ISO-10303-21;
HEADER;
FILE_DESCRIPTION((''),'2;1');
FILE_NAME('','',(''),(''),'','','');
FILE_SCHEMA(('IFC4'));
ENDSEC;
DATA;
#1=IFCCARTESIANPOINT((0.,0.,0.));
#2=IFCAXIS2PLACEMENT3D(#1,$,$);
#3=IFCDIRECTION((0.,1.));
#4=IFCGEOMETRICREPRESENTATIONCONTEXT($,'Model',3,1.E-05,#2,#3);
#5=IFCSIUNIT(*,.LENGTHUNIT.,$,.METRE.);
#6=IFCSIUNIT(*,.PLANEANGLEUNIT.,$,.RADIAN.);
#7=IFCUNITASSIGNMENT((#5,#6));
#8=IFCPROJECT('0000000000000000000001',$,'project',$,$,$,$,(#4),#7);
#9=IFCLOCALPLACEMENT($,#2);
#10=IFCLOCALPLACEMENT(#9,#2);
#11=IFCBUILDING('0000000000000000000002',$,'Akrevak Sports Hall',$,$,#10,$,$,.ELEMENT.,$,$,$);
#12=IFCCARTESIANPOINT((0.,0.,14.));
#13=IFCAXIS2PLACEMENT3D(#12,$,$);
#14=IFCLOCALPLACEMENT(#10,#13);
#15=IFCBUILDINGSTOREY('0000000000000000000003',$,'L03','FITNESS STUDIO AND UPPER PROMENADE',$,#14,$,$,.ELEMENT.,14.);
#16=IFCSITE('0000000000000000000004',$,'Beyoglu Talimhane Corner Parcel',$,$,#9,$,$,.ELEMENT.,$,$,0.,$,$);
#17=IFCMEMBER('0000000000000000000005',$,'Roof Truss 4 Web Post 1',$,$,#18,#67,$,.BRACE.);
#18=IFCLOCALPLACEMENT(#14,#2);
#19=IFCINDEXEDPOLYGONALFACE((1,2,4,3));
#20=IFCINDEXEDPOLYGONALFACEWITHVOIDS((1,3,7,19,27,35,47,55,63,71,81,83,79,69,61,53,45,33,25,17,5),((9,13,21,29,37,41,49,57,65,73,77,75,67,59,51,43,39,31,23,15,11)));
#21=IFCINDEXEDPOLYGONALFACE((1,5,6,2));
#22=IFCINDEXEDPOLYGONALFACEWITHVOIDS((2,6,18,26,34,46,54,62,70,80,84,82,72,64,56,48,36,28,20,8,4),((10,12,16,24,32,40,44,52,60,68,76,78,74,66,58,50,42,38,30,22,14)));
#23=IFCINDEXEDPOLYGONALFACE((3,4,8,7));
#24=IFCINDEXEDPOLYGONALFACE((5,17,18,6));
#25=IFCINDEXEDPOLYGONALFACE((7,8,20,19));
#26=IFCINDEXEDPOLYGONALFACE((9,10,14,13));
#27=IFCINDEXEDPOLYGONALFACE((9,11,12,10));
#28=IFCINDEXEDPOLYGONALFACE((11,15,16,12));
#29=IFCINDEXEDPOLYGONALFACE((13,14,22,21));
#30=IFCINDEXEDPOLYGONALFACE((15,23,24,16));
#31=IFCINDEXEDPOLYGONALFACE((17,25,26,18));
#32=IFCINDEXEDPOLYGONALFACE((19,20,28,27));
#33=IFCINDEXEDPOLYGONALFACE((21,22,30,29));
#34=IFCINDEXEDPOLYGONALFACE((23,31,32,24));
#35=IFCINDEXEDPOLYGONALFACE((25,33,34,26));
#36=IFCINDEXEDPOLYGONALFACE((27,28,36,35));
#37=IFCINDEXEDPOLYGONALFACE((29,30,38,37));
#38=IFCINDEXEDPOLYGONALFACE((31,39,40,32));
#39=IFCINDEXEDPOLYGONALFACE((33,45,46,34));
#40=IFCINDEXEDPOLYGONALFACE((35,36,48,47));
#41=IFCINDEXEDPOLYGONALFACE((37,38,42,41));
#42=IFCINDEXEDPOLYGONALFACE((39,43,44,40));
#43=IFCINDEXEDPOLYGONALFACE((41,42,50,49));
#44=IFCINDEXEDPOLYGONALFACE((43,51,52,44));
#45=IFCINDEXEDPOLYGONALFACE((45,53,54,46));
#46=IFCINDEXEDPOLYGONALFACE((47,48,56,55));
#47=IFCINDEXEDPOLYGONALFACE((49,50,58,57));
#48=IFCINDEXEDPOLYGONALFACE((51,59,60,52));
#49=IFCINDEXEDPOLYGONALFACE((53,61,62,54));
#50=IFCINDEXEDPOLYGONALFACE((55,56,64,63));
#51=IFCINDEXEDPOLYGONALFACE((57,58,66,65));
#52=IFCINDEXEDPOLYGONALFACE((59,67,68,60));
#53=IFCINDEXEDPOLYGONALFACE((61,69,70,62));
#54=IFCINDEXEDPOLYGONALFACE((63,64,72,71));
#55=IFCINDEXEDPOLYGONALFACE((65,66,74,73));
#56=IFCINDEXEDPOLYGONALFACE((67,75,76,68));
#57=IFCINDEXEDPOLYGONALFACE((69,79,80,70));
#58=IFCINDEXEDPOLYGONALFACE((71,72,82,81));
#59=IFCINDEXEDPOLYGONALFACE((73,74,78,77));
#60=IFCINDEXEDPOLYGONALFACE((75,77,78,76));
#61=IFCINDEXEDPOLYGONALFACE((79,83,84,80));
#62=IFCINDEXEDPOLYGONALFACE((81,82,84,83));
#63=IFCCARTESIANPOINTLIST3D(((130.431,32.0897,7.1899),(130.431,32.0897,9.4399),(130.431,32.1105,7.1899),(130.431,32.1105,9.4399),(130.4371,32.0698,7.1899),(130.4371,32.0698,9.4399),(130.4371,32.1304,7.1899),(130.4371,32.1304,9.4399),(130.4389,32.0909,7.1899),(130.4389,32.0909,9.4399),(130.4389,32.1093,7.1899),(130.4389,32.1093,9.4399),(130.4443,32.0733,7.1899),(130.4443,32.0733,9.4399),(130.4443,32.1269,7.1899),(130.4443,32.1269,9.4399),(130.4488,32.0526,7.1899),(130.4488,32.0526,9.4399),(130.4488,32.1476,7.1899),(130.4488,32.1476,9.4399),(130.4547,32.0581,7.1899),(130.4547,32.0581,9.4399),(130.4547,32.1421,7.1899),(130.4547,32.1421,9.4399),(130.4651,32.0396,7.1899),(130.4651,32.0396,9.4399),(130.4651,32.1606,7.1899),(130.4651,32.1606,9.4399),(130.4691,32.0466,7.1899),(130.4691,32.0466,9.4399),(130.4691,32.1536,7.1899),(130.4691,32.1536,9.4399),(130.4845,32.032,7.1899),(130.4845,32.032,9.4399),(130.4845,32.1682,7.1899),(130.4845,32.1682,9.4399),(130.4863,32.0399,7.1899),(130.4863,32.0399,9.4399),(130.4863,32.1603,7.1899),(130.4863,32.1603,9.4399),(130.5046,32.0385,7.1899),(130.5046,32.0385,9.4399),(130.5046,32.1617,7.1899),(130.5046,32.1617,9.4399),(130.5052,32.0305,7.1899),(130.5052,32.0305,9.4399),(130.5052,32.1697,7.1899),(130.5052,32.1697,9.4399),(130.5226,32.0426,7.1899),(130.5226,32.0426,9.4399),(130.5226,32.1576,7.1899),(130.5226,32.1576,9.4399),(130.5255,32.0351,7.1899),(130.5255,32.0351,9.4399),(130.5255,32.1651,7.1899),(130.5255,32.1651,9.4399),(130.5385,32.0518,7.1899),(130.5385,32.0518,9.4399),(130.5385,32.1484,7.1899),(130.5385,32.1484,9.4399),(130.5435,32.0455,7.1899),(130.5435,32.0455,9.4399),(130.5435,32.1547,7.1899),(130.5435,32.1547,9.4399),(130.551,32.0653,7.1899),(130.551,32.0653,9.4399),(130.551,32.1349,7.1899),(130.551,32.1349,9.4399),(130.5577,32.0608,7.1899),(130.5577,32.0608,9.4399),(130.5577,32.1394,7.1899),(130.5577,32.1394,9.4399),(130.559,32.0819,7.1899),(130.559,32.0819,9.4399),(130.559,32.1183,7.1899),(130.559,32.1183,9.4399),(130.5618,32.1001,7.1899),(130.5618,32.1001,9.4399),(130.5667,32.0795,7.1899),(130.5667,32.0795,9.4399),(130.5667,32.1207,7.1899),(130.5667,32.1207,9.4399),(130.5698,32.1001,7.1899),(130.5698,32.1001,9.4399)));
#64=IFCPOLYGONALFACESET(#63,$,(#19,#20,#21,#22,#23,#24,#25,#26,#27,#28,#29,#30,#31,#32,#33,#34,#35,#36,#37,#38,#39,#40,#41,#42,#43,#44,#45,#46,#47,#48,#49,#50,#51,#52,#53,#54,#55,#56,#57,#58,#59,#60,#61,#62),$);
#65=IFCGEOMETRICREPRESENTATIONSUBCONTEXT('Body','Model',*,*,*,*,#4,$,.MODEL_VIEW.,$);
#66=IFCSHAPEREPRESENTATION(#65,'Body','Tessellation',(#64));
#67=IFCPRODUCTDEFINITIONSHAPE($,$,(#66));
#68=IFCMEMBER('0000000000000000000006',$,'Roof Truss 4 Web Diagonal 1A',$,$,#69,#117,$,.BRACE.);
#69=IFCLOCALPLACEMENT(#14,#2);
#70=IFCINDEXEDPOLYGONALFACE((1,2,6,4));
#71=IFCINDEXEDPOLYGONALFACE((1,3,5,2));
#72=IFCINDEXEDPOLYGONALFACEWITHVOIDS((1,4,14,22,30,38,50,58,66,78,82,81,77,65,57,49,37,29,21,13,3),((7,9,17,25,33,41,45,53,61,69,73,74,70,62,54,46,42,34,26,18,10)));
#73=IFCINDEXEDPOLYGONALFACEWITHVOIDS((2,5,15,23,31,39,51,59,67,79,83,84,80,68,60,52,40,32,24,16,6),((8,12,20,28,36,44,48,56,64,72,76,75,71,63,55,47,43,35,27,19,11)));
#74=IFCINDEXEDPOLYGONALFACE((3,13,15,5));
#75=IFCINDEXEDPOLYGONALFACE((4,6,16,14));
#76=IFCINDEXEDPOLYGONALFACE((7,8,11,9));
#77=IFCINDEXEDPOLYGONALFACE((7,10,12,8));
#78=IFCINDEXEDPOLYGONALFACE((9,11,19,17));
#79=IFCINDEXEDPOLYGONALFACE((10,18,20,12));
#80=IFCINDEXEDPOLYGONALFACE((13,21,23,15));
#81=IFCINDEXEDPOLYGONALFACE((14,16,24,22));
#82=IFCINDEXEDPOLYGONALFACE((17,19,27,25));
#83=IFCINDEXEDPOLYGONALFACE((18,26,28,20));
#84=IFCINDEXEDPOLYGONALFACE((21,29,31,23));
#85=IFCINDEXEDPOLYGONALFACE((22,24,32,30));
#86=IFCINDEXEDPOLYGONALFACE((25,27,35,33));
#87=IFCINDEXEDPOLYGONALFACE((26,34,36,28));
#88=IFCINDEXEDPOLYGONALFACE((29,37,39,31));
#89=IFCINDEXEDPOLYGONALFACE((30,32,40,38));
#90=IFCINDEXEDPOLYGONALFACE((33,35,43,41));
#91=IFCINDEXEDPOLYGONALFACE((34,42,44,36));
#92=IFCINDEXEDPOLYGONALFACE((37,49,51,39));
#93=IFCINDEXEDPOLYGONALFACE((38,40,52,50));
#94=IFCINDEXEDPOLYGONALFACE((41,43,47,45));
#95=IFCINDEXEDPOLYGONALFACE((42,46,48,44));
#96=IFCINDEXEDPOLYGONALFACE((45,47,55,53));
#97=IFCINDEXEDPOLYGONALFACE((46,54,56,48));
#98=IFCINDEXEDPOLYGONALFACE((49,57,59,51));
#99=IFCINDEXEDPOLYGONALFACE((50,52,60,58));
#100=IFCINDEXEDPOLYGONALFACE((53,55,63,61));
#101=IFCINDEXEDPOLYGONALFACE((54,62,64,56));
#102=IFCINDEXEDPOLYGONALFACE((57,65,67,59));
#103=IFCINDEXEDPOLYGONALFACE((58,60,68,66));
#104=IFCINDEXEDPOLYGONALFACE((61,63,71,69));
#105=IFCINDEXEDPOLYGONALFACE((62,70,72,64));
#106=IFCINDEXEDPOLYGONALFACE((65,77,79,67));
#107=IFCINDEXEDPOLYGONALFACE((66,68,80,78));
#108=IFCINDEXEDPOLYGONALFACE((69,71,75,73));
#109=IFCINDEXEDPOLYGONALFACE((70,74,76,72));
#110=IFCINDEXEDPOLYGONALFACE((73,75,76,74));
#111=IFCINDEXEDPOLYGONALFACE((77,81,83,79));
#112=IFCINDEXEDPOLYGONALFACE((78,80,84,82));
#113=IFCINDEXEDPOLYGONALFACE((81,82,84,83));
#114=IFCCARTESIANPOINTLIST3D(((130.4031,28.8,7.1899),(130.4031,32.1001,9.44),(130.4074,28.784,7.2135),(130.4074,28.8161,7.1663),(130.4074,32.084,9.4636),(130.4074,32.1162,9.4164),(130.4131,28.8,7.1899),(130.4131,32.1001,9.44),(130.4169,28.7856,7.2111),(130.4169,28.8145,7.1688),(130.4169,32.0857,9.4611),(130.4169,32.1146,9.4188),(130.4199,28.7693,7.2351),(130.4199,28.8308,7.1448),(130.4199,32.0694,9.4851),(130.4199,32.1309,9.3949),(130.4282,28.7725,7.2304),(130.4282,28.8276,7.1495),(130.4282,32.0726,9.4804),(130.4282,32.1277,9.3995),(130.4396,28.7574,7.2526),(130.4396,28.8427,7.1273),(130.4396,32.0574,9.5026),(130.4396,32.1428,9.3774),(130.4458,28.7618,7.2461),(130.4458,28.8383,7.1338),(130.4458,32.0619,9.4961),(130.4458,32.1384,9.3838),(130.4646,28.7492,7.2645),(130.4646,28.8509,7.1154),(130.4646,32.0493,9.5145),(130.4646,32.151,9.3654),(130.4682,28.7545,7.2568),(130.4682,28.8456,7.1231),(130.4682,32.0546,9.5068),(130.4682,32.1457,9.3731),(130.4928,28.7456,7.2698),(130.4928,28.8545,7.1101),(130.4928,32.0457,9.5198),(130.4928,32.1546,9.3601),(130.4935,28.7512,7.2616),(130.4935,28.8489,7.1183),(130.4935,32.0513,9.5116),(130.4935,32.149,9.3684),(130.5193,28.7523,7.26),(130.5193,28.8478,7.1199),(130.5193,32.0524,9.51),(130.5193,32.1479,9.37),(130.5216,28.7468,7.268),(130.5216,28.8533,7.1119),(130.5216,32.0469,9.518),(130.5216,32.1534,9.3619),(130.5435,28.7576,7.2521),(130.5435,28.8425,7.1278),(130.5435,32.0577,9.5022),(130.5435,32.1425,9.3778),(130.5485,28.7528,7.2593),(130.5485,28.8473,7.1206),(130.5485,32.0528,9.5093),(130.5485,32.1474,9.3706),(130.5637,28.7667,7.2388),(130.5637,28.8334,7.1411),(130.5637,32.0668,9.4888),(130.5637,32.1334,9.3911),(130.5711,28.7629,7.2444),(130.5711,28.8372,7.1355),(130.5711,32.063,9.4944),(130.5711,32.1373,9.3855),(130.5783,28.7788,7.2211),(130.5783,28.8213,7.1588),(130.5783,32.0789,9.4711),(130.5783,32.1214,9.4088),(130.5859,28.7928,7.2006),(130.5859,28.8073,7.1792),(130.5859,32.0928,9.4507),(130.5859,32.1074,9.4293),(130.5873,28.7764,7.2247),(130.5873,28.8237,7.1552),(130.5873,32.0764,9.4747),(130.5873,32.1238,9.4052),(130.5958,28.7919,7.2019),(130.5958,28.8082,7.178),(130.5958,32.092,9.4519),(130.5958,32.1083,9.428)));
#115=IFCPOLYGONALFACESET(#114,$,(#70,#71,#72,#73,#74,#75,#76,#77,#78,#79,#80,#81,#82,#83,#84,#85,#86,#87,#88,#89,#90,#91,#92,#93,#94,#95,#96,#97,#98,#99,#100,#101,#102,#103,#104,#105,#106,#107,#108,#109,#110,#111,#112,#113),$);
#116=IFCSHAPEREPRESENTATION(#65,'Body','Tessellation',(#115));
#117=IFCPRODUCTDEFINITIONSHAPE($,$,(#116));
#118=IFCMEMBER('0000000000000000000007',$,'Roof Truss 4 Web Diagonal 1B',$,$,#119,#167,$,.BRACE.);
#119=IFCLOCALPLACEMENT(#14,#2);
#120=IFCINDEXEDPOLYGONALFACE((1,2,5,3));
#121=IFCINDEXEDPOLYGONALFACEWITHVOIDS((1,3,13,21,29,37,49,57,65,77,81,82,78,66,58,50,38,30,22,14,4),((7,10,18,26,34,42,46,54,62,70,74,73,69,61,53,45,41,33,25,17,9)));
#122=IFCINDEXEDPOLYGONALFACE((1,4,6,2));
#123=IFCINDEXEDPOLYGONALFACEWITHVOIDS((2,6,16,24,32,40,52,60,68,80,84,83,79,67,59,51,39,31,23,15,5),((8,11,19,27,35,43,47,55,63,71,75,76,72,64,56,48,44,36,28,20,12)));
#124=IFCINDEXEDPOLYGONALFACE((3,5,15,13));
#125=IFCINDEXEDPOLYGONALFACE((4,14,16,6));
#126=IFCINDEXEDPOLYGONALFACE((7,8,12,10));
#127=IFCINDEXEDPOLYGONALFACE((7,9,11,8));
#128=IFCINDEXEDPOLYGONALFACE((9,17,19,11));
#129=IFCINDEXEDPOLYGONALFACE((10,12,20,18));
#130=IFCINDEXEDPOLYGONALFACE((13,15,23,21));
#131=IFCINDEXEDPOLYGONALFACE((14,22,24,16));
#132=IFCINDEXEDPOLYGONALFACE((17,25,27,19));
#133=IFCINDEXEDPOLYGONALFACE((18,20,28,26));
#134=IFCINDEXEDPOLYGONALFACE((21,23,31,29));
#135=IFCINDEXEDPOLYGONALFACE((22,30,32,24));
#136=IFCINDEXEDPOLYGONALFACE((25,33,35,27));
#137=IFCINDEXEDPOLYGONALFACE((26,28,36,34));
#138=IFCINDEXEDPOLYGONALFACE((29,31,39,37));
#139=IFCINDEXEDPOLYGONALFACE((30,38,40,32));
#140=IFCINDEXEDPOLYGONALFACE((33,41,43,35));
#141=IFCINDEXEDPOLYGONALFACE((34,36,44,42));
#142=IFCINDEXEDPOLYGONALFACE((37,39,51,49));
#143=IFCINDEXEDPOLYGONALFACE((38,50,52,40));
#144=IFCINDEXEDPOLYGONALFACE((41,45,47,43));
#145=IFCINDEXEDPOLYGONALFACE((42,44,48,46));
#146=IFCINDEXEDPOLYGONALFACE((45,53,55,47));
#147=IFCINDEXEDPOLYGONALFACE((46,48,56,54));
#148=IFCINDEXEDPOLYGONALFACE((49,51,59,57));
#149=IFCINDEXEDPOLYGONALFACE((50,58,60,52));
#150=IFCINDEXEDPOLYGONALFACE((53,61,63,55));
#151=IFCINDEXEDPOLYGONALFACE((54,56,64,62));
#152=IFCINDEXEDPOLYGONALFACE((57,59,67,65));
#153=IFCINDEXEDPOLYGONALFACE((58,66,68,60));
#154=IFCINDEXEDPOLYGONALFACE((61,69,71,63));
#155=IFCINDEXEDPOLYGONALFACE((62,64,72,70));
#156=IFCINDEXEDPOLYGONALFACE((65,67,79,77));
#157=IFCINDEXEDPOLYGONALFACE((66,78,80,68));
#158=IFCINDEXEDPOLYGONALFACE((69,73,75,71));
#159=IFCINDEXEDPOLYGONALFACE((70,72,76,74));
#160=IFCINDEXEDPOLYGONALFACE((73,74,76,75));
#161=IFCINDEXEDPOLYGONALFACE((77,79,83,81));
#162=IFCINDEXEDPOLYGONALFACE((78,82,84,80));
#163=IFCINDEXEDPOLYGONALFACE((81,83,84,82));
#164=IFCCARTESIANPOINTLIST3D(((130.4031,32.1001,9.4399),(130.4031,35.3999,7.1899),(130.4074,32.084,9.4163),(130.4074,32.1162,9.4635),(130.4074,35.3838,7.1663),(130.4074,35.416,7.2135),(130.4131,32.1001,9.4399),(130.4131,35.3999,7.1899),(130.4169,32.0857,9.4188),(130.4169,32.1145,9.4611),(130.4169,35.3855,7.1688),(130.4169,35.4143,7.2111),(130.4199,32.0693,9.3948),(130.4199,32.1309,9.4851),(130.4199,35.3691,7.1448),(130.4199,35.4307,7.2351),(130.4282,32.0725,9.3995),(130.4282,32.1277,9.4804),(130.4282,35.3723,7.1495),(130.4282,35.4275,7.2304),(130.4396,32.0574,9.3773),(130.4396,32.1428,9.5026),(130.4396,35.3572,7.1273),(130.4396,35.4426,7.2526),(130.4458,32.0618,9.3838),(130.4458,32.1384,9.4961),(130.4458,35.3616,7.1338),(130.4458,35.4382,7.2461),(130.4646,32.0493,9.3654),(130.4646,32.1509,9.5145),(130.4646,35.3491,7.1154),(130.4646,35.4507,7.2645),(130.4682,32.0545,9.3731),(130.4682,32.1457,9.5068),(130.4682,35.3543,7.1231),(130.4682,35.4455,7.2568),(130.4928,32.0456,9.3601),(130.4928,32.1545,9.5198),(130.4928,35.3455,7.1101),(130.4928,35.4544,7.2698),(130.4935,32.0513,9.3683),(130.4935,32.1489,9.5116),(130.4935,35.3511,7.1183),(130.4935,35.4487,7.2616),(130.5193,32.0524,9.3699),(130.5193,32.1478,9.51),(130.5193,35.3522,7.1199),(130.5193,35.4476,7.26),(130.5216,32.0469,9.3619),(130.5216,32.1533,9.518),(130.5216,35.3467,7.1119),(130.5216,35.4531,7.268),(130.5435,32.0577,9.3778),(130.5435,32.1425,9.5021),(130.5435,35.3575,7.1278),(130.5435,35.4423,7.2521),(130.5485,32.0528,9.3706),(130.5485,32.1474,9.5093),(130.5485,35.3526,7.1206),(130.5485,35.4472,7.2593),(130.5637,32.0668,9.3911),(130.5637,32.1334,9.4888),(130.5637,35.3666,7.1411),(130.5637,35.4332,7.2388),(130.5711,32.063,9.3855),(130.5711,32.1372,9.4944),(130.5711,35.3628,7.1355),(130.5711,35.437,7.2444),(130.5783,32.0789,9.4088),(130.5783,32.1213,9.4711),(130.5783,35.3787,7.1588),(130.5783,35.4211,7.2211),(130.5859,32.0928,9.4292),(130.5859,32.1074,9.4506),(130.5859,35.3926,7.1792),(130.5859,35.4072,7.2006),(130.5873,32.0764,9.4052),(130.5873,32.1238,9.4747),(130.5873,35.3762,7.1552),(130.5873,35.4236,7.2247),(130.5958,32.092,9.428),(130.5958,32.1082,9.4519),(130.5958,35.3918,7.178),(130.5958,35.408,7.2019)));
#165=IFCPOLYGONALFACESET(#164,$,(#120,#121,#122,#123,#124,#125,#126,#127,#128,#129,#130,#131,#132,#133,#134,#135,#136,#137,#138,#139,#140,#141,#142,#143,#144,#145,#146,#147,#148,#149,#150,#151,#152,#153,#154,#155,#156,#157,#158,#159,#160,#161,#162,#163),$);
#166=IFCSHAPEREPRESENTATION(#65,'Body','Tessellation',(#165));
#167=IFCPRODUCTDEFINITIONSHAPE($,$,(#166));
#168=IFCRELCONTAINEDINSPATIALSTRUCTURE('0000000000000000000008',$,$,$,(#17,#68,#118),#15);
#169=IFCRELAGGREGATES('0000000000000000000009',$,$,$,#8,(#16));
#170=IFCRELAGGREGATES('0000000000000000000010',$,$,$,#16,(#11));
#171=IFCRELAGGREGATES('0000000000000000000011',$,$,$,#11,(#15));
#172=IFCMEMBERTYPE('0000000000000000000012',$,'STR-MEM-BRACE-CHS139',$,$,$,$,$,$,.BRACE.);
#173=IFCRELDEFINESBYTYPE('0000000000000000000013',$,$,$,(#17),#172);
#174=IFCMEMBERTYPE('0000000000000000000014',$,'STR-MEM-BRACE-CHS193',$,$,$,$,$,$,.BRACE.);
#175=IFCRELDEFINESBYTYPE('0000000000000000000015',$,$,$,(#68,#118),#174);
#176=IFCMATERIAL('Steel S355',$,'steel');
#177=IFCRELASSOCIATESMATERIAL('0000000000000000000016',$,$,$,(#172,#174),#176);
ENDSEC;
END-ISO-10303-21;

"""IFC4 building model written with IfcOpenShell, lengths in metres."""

from ifc_helpers import new_model, si_unit, direction, frame, origin, origin_2d, place, context, subcontext, project, spatial, hollow_circle, extrude, material, material_profile, profile_set, type_object, element, save


model = new_model("IFC4")

# Units and contexts
model_context = context("Model", 3, precision=1e-05, world=origin(), true_north=direction((0.0, 1.0)))
body_context = subcontext(model_context, "Body", "Model", "MODEL_VIEW")
ifc_project = project(units=[si_unit("LENGTHUNIT", "METRE"), si_unit("PLANEANGLEUNIT", "RADIAN")], contexts=[model_context])

# Site, building, storey
site_placement = place(None, origin())
site = spatial("IfcSite", under=ifc_project, at=site_placement, Name="Beyoglu Talimhane Corner Parcel", CompositionType="ELEMENT", RefElevation=0.0)
building_placement = place(site_placement, origin())
building = spatial("IfcBuilding", under=site, at=building_placement, Name="Akrevak Sports Hall", CompositionType="ELEMENT")
storey_placement = place(building_placement, frame((0.0, 0.0, 14.0)))
storey = spatial("IfcBuildingStorey", under=building, at=storey_placement, Name="L03", Description="FITNESS STUDIO AND UPPER PROMENADE", CompositionType="ELEMENT", Elevation=14.0)

# Members
ifc_material_1 = material(Name="Steel S355", Category="steel")
ifc_material_profile_1 = material_profile(ifc_material_1, hollow_circle(Radius=0.0698, WallThickness=0.0081, at=origin_2d()), Name="CHS 139.7x8", Category="steel")
ifc_profile_set_1 = profile_set([ifc_material_profile_1], Name="Steel S355")
member_type_1 = type_object("IfcMemberType", Name="STR-MEM-BRACE-CHS139", PredefinedType="BRACE", material=ifc_profile_set_1)
member_1_placement = place(storey_placement, frame((130.5, 32.1001, 7.1899), z_axis=(0.0, 0.0, 1.0), x_axis=(1.0, 0.0, 0.0)))
element("IfcMember", 1, at=member_1_placement, inside=storey, type_object=member_type_1, Name="Roof Truss 4 Web Post 1", PredefinedType="BRACE", context=body_context, shape_type="SweptSolid", body=[
    extrude(hollow_circle(Radius=0.0698, WallThickness=0.0081, at=origin_2d()), origin(), (0.0, 0.0, 1.0), 2.25),
])
ifc_material_profile_2 = material_profile(ifc_material_1, hollow_circle(Radius=0.0969, WallThickness=0.01, at=origin_2d()), Name="CHS 193.7x10", Category="steel")
ifc_profile_set_2 = profile_set([ifc_material_profile_2], Name="Steel S355")
member_type_2 = type_object("IfcMemberType", Name="STR-MEM-BRACE-CHS193", PredefinedType="BRACE", material=ifc_profile_set_2)
member_2_placement = place(storey_placement, frame((130.5, 28.8, 7.1899), z_axis=(0.0, 0.826231, 0.563331), x_axis=(-1.0, 0.0, 0.0)))
element("IfcMember", 2, at=member_2_placement, inside=storey, type_object=member_type_2, Name="Roof Truss 4 Web Diagonal 1A", PredefinedType="BRACE", context=body_context, shape_type="SweptSolid", body=[
    extrude(hollow_circle(Radius=0.0969, WallThickness=0.01, at=origin_2d()), origin(), (0.0, 0.0, 1.0), 3.9941),
])
member_3_placement = place(storey_placement, frame((130.5, 32.1001, 9.4399), z_axis=(0.0, 0.826212, -0.56336), x_axis=(-1.0, 0.0, 0.0)))
element("IfcMember", 3, at=member_3_placement, inside=storey, type_object=member_type_2, Name="Roof Truss 4 Web Diagonal 1B", PredefinedType="BRACE", context=body_context, shape_type="SweptSolid", body=[
    extrude(hollow_circle(Radius=0.0969, WallThickness=0.01, at=origin_2d()), origin(), (0.0, 0.0, 1.0), 3.9939),
])

save(model, "model.ifc")
